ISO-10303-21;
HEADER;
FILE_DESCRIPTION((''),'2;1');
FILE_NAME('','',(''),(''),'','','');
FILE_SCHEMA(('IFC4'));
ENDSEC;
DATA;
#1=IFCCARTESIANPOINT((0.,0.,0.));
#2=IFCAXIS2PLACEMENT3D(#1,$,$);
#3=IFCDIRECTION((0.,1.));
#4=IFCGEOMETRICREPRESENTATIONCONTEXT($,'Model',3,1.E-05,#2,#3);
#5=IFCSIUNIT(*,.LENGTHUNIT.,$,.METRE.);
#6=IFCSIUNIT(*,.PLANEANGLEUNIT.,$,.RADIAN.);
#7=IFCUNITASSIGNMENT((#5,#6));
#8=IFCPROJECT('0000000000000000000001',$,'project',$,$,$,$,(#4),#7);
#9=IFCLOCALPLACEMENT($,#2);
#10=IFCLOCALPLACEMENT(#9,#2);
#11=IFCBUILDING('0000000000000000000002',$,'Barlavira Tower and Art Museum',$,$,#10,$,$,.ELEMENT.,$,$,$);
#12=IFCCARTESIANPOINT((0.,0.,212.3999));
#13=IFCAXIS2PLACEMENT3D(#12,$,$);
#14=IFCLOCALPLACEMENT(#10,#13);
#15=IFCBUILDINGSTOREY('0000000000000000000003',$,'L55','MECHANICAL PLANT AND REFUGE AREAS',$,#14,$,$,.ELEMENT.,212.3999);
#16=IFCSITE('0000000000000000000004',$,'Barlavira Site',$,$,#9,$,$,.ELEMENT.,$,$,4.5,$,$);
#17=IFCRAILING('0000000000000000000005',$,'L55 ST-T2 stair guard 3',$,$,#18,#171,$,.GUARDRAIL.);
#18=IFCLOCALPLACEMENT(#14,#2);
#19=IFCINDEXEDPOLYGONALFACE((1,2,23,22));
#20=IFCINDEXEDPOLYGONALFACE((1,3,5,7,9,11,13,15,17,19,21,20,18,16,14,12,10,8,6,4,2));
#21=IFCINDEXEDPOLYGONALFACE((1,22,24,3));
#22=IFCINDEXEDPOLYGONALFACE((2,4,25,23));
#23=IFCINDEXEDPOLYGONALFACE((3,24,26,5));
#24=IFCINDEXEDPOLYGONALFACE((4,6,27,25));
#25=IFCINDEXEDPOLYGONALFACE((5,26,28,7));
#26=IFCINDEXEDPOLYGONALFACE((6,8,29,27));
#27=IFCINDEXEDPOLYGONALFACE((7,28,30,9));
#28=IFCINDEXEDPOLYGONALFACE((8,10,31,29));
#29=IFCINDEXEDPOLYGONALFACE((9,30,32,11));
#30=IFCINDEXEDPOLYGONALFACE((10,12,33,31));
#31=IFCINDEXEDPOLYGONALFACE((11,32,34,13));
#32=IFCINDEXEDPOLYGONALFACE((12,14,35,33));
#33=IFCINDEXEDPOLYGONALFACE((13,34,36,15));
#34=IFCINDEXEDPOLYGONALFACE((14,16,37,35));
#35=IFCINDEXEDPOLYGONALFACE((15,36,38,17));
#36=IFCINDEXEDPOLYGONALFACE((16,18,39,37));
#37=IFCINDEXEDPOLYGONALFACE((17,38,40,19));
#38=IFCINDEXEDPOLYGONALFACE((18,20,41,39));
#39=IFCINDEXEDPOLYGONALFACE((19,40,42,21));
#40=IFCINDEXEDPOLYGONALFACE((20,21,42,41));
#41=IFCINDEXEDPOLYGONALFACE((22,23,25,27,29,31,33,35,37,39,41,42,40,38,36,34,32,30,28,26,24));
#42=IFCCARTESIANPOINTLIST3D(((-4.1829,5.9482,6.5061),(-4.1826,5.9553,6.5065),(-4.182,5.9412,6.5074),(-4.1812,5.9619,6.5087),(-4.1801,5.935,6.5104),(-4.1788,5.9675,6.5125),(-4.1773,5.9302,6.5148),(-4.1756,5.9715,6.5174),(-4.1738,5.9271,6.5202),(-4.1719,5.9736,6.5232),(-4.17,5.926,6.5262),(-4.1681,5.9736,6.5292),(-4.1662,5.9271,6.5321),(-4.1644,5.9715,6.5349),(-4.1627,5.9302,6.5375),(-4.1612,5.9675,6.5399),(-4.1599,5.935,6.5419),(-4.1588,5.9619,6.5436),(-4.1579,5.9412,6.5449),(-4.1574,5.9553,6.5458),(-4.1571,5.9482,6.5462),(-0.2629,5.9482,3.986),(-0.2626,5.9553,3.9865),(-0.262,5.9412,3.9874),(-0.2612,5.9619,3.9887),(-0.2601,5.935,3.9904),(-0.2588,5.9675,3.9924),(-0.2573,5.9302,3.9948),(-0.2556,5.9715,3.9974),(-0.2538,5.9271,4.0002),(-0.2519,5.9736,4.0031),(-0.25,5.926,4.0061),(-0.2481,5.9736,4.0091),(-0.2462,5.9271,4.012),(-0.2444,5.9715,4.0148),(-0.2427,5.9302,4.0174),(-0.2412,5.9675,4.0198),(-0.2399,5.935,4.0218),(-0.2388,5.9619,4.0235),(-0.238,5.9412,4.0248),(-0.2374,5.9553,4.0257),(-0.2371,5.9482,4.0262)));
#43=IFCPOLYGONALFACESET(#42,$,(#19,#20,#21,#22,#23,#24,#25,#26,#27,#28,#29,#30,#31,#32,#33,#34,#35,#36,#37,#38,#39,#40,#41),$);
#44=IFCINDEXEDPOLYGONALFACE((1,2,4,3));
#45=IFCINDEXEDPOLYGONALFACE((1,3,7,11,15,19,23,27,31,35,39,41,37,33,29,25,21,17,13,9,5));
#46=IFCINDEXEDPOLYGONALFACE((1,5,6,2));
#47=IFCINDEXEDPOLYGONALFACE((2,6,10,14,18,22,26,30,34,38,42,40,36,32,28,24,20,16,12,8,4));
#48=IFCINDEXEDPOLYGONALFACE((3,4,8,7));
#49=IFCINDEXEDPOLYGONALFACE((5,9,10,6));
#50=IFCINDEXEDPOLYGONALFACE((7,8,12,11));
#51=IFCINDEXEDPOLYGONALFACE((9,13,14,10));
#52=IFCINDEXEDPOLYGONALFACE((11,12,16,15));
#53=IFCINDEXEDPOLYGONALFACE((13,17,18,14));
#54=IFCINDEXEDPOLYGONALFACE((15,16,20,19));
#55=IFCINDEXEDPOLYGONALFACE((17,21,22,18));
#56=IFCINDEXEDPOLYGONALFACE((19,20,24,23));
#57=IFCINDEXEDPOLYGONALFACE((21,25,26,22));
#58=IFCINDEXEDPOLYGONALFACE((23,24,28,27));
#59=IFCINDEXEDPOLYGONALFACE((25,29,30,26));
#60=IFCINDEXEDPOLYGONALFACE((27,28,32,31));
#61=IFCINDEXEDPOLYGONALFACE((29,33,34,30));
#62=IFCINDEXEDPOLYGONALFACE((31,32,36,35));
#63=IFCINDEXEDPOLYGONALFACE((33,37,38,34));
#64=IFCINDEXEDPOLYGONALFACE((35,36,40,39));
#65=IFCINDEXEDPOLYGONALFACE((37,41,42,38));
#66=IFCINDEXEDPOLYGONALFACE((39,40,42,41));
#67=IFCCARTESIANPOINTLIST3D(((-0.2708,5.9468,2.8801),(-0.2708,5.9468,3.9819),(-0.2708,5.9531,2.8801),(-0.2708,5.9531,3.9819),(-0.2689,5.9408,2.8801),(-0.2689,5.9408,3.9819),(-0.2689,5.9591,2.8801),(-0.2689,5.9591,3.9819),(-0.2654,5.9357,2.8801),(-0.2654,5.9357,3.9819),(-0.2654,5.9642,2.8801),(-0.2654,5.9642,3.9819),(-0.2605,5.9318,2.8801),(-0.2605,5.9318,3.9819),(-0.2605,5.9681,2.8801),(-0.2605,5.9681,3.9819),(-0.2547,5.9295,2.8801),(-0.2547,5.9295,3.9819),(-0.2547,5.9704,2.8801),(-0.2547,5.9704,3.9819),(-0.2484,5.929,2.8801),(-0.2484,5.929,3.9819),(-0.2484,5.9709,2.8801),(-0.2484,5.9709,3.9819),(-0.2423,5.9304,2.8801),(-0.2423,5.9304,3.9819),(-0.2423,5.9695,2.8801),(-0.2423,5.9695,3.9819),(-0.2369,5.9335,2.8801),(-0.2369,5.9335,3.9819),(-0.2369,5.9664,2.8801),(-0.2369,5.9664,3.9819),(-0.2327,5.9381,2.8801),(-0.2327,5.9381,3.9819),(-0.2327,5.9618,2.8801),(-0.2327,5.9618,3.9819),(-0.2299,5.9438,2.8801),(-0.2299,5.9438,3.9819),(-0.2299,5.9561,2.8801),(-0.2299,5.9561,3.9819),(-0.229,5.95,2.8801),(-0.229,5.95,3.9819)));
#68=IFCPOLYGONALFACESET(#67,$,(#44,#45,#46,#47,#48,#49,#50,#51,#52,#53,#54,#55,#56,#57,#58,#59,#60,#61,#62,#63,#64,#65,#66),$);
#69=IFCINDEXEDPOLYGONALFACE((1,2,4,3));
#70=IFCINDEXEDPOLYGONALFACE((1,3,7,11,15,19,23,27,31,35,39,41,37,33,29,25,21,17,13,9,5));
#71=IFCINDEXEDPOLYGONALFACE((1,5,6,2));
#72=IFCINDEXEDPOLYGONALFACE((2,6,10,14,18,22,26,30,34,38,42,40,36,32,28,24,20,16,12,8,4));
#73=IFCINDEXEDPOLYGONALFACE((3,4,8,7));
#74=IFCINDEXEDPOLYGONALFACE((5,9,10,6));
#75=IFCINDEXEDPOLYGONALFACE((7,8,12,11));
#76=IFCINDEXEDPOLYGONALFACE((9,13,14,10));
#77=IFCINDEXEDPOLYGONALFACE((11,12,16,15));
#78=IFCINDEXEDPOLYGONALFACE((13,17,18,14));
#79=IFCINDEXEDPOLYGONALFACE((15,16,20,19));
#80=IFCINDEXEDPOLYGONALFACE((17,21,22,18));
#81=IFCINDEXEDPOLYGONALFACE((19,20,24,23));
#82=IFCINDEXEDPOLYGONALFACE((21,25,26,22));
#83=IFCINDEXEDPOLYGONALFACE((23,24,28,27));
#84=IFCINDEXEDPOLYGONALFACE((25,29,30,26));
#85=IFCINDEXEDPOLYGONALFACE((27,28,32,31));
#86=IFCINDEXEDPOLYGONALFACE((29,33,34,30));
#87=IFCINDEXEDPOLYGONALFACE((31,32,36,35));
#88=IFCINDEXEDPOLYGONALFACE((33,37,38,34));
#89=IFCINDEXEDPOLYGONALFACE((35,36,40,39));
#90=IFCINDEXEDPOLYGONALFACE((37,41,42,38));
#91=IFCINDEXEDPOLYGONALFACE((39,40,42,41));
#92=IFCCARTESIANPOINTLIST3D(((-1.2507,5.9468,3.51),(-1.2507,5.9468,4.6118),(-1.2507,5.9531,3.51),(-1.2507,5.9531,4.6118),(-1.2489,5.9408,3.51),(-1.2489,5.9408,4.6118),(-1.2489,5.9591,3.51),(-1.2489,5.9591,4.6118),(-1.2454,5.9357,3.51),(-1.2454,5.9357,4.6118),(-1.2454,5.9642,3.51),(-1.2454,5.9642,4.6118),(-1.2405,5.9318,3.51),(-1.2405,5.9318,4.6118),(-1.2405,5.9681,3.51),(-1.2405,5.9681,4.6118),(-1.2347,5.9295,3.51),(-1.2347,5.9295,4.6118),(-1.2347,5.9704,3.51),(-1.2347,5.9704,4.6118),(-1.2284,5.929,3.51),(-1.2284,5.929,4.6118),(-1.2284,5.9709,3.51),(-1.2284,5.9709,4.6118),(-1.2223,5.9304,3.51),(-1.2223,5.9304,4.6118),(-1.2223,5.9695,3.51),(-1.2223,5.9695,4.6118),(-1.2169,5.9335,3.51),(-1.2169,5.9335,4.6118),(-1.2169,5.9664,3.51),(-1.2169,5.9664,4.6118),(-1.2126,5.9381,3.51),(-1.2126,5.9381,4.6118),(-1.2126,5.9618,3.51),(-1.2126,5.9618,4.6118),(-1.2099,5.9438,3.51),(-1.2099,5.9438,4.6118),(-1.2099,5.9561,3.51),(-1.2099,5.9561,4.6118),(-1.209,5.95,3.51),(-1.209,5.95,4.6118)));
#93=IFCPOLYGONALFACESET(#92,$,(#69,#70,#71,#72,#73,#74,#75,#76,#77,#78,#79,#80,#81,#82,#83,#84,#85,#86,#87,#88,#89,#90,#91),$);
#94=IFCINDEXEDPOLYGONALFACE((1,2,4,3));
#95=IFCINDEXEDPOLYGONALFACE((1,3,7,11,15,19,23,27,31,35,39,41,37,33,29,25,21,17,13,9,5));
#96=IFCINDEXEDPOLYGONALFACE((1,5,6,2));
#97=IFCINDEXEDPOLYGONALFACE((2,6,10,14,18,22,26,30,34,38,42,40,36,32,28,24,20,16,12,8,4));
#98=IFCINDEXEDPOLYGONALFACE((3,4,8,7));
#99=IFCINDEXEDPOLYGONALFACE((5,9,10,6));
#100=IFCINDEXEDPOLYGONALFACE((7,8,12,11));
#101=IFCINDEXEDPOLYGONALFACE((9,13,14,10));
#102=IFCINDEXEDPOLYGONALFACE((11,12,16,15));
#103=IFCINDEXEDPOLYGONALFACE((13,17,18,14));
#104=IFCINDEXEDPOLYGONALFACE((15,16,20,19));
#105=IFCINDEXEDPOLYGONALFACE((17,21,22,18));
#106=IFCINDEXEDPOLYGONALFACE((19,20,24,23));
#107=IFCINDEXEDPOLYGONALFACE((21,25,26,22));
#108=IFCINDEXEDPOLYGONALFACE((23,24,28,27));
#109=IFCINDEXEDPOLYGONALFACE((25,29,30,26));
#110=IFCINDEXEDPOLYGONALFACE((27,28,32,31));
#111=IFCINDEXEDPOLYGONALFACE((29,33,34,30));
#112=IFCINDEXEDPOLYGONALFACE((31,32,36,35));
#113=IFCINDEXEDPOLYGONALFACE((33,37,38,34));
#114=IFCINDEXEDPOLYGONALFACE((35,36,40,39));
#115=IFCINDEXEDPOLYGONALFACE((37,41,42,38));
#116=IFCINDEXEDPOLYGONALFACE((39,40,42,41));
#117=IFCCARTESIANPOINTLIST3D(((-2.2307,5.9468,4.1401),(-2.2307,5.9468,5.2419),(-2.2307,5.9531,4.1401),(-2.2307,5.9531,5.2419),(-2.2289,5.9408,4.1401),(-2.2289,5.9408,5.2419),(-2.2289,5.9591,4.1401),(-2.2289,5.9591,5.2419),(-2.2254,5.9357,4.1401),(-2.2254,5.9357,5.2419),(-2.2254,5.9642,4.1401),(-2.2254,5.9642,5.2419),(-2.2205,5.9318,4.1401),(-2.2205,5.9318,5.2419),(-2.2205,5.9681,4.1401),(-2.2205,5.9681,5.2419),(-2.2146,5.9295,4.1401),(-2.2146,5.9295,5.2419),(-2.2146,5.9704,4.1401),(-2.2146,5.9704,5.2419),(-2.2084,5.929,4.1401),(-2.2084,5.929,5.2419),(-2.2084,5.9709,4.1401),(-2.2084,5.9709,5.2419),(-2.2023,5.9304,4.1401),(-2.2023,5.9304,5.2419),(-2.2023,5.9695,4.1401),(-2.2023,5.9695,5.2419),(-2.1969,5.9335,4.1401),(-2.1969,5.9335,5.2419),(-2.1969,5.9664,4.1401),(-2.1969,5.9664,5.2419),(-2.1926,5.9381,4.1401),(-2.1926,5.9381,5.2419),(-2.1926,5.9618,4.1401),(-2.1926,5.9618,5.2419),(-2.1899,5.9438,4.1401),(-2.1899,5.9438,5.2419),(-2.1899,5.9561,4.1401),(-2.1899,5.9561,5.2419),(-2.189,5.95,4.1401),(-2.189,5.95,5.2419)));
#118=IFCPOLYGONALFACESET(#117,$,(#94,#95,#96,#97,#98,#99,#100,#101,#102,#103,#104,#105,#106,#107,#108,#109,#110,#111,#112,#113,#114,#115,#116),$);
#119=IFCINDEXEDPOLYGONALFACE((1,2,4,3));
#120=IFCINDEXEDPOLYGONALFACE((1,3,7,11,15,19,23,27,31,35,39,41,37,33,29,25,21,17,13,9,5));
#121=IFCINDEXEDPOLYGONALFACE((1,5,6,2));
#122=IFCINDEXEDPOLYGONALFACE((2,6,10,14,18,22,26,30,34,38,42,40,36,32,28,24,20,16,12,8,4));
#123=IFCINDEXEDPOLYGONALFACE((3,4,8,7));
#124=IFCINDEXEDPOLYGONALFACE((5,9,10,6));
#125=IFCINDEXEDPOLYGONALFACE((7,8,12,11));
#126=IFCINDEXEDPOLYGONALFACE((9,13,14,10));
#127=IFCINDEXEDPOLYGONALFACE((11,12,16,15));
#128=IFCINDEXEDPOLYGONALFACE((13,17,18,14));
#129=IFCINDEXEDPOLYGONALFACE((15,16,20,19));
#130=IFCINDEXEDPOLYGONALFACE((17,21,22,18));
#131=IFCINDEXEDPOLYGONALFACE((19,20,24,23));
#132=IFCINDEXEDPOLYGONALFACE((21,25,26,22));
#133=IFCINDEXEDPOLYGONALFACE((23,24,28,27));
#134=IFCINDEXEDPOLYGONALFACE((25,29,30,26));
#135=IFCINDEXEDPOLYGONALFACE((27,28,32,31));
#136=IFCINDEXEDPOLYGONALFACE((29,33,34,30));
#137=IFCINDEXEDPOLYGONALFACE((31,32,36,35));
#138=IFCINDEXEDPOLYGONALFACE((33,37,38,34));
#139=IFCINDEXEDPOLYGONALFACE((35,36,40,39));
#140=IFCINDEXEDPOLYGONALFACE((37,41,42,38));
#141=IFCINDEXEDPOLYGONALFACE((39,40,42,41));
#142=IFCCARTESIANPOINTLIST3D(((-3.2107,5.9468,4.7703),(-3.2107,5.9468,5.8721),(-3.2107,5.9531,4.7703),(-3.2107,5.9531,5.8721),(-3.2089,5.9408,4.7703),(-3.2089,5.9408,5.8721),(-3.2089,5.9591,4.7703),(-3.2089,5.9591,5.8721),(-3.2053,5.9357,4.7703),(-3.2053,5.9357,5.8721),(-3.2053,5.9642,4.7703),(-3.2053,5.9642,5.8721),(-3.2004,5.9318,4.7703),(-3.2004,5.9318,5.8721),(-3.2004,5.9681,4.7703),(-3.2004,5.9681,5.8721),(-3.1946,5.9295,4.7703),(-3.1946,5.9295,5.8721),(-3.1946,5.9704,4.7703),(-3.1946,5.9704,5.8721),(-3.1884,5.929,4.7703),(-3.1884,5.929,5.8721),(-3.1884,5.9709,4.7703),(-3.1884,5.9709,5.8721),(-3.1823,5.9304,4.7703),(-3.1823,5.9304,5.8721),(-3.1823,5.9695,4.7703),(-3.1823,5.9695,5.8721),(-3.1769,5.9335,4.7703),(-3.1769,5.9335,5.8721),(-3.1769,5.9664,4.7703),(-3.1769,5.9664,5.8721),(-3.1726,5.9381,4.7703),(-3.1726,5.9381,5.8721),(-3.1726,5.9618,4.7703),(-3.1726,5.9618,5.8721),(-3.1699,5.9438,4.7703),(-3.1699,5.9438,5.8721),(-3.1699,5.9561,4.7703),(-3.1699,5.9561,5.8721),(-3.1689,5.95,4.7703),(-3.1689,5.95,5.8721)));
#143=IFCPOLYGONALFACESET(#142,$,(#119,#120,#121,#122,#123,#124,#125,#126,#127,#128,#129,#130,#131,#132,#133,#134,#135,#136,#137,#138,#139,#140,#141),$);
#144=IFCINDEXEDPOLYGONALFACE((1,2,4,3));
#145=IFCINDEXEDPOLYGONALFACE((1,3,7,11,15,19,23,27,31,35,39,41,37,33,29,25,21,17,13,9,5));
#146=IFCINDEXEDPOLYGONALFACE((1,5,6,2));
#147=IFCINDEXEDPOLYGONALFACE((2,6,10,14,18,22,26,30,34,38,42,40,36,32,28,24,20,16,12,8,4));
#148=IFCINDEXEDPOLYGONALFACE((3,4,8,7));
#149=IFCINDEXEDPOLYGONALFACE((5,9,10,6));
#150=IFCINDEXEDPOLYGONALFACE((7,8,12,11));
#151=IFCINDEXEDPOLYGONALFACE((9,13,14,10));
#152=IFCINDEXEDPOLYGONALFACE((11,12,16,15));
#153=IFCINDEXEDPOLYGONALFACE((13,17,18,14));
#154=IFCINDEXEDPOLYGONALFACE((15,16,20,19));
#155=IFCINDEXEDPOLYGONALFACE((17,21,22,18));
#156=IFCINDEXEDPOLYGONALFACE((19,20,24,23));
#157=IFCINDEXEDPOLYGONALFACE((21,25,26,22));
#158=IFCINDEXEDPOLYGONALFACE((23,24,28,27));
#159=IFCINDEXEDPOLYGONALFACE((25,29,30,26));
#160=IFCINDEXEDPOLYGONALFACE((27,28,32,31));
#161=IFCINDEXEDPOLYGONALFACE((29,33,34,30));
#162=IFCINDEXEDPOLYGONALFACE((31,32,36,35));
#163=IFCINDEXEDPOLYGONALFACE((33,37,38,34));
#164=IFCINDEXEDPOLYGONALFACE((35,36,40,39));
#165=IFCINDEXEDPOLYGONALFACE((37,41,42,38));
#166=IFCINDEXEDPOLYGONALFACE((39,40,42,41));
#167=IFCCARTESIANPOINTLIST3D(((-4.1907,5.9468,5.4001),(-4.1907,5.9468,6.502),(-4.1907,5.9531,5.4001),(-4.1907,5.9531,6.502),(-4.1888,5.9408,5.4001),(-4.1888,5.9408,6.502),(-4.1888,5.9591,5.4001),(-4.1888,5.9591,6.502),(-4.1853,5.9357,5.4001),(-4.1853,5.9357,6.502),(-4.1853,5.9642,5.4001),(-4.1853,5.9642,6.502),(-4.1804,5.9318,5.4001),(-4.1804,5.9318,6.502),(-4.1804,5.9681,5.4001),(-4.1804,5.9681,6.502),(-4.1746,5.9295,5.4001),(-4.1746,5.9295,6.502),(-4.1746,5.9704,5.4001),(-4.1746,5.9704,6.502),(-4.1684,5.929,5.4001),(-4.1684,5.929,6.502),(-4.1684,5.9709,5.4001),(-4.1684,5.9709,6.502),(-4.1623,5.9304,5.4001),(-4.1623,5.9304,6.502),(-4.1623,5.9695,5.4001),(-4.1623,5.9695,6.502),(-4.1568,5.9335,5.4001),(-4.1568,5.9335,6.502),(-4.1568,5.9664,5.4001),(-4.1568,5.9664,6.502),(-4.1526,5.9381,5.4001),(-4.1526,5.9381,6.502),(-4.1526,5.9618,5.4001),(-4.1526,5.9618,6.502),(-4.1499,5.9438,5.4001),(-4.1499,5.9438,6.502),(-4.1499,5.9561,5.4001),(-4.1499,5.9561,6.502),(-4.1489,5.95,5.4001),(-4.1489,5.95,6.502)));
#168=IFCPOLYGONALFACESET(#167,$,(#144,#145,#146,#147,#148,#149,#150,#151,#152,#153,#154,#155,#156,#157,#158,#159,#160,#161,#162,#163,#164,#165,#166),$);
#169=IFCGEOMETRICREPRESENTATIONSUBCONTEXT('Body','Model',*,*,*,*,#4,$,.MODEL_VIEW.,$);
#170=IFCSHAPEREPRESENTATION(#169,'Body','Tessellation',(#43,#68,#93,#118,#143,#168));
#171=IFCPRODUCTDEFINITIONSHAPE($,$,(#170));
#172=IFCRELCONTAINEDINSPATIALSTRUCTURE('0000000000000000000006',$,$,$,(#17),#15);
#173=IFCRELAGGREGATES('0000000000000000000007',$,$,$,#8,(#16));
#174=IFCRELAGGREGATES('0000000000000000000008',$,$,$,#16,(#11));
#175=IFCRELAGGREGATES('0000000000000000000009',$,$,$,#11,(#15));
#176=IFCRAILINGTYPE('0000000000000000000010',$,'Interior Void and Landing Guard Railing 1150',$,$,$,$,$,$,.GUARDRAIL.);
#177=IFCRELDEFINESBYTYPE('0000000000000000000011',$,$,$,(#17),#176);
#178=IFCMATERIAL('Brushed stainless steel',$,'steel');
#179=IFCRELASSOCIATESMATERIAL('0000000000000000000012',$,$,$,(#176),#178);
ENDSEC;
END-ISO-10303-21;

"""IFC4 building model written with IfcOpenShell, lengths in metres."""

from ifc_helpers import new_model, si_unit, direction, frame, origin, origin_2d, place, context, subcontext, project, spatial, circle, extrude, material, type_object, element, save


model = new_model("IFC4")

# Units and contexts
model_context = context("Model", 3, precision=1e-05, world=origin(), true_north=direction((0.0, 1.0)))
body_context = subcontext(model_context, "Body", "Model", "MODEL_VIEW")
ifc_project = project(units=[si_unit("LENGTHUNIT", "METRE"), si_unit("PLANEANGLEUNIT", "RADIAN")], contexts=[model_context])

# Site, building, storey
site_placement = place(None, origin())
site = spatial("IfcSite", under=ifc_project, at=site_placement, Name="Barlavira Site", CompositionType="ELEMENT", RefElevation=4.5)
building_placement = place(site_placement, origin())
building = spatial("IfcBuilding", under=site, at=building_placement, Name="Barlavira Tower and Art Museum", CompositionType="ELEMENT")
storey_placement = place(building_placement, frame((0.0, 0.0, 212.3999)))
storey = spatial("IfcBuildingStorey", under=building, at=storey_placement, Name="L55", Description="MECHANICAL PLANT AND REFUGE AREAS", CompositionType="ELEMENT", Elevation=212.3999)

# Shared definitions
ifc_material_1 = material(Name="Brushed stainless steel", Category="steel")

# Railing
railing_type_1 = type_object("IfcRailingType", Name="Interior Void and Landing Guard Railing 1150", PredefinedType="GUARDRAIL", material=ifc_material_1)
railing_1_placement = place(storey_placement, frame((-0.25, 5.95, 2.8801)))
element("IfcRailing", 1, at=railing_1_placement, inside=storey, type_object=railing_type_1, Name="L55 ST-T2 stair guard 3", PredefinedType="GUARDRAIL", context=body_context, shape_type="SweptSolid", body=[
    extrude(circle(Radius=0.0239, at=origin_2d()), frame((0.0, 0.0, 1.126), z_axis=(-0.841172, 0.0, 0.540768), x_axis=(0.0, -1.0, 0.0)), (0.0, 0.0, 1.0), 4.6602),
    extrude(circle(Radius=0.021, at=origin_2d()), origin(), (0.0, 0.0, 1.0), 1.1018),
    extrude(circle(Radius=0.021, at=origin_2d()), frame((-0.98, 0.0, 0.6299)), (0.0, 0.0, 1.0), 1.1018),
    extrude(circle(Radius=0.021, at=origin_2d()), frame((-1.96, 0.0, 1.26)), (0.0, 0.0, 1.0), 1.1018),
    extrude(circle(Radius=0.021, at=origin_2d()), frame((-2.9399, 0.0, 1.8901)), (0.0, 0.0, 1.0), 1.1018),
    extrude(circle(Radius=0.021, at=origin_2d()), frame((-3.9199, 0.0, 2.52)), (0.0, 0.0, 1.0), 1.1018),
])

save(model, "model.ifc")
